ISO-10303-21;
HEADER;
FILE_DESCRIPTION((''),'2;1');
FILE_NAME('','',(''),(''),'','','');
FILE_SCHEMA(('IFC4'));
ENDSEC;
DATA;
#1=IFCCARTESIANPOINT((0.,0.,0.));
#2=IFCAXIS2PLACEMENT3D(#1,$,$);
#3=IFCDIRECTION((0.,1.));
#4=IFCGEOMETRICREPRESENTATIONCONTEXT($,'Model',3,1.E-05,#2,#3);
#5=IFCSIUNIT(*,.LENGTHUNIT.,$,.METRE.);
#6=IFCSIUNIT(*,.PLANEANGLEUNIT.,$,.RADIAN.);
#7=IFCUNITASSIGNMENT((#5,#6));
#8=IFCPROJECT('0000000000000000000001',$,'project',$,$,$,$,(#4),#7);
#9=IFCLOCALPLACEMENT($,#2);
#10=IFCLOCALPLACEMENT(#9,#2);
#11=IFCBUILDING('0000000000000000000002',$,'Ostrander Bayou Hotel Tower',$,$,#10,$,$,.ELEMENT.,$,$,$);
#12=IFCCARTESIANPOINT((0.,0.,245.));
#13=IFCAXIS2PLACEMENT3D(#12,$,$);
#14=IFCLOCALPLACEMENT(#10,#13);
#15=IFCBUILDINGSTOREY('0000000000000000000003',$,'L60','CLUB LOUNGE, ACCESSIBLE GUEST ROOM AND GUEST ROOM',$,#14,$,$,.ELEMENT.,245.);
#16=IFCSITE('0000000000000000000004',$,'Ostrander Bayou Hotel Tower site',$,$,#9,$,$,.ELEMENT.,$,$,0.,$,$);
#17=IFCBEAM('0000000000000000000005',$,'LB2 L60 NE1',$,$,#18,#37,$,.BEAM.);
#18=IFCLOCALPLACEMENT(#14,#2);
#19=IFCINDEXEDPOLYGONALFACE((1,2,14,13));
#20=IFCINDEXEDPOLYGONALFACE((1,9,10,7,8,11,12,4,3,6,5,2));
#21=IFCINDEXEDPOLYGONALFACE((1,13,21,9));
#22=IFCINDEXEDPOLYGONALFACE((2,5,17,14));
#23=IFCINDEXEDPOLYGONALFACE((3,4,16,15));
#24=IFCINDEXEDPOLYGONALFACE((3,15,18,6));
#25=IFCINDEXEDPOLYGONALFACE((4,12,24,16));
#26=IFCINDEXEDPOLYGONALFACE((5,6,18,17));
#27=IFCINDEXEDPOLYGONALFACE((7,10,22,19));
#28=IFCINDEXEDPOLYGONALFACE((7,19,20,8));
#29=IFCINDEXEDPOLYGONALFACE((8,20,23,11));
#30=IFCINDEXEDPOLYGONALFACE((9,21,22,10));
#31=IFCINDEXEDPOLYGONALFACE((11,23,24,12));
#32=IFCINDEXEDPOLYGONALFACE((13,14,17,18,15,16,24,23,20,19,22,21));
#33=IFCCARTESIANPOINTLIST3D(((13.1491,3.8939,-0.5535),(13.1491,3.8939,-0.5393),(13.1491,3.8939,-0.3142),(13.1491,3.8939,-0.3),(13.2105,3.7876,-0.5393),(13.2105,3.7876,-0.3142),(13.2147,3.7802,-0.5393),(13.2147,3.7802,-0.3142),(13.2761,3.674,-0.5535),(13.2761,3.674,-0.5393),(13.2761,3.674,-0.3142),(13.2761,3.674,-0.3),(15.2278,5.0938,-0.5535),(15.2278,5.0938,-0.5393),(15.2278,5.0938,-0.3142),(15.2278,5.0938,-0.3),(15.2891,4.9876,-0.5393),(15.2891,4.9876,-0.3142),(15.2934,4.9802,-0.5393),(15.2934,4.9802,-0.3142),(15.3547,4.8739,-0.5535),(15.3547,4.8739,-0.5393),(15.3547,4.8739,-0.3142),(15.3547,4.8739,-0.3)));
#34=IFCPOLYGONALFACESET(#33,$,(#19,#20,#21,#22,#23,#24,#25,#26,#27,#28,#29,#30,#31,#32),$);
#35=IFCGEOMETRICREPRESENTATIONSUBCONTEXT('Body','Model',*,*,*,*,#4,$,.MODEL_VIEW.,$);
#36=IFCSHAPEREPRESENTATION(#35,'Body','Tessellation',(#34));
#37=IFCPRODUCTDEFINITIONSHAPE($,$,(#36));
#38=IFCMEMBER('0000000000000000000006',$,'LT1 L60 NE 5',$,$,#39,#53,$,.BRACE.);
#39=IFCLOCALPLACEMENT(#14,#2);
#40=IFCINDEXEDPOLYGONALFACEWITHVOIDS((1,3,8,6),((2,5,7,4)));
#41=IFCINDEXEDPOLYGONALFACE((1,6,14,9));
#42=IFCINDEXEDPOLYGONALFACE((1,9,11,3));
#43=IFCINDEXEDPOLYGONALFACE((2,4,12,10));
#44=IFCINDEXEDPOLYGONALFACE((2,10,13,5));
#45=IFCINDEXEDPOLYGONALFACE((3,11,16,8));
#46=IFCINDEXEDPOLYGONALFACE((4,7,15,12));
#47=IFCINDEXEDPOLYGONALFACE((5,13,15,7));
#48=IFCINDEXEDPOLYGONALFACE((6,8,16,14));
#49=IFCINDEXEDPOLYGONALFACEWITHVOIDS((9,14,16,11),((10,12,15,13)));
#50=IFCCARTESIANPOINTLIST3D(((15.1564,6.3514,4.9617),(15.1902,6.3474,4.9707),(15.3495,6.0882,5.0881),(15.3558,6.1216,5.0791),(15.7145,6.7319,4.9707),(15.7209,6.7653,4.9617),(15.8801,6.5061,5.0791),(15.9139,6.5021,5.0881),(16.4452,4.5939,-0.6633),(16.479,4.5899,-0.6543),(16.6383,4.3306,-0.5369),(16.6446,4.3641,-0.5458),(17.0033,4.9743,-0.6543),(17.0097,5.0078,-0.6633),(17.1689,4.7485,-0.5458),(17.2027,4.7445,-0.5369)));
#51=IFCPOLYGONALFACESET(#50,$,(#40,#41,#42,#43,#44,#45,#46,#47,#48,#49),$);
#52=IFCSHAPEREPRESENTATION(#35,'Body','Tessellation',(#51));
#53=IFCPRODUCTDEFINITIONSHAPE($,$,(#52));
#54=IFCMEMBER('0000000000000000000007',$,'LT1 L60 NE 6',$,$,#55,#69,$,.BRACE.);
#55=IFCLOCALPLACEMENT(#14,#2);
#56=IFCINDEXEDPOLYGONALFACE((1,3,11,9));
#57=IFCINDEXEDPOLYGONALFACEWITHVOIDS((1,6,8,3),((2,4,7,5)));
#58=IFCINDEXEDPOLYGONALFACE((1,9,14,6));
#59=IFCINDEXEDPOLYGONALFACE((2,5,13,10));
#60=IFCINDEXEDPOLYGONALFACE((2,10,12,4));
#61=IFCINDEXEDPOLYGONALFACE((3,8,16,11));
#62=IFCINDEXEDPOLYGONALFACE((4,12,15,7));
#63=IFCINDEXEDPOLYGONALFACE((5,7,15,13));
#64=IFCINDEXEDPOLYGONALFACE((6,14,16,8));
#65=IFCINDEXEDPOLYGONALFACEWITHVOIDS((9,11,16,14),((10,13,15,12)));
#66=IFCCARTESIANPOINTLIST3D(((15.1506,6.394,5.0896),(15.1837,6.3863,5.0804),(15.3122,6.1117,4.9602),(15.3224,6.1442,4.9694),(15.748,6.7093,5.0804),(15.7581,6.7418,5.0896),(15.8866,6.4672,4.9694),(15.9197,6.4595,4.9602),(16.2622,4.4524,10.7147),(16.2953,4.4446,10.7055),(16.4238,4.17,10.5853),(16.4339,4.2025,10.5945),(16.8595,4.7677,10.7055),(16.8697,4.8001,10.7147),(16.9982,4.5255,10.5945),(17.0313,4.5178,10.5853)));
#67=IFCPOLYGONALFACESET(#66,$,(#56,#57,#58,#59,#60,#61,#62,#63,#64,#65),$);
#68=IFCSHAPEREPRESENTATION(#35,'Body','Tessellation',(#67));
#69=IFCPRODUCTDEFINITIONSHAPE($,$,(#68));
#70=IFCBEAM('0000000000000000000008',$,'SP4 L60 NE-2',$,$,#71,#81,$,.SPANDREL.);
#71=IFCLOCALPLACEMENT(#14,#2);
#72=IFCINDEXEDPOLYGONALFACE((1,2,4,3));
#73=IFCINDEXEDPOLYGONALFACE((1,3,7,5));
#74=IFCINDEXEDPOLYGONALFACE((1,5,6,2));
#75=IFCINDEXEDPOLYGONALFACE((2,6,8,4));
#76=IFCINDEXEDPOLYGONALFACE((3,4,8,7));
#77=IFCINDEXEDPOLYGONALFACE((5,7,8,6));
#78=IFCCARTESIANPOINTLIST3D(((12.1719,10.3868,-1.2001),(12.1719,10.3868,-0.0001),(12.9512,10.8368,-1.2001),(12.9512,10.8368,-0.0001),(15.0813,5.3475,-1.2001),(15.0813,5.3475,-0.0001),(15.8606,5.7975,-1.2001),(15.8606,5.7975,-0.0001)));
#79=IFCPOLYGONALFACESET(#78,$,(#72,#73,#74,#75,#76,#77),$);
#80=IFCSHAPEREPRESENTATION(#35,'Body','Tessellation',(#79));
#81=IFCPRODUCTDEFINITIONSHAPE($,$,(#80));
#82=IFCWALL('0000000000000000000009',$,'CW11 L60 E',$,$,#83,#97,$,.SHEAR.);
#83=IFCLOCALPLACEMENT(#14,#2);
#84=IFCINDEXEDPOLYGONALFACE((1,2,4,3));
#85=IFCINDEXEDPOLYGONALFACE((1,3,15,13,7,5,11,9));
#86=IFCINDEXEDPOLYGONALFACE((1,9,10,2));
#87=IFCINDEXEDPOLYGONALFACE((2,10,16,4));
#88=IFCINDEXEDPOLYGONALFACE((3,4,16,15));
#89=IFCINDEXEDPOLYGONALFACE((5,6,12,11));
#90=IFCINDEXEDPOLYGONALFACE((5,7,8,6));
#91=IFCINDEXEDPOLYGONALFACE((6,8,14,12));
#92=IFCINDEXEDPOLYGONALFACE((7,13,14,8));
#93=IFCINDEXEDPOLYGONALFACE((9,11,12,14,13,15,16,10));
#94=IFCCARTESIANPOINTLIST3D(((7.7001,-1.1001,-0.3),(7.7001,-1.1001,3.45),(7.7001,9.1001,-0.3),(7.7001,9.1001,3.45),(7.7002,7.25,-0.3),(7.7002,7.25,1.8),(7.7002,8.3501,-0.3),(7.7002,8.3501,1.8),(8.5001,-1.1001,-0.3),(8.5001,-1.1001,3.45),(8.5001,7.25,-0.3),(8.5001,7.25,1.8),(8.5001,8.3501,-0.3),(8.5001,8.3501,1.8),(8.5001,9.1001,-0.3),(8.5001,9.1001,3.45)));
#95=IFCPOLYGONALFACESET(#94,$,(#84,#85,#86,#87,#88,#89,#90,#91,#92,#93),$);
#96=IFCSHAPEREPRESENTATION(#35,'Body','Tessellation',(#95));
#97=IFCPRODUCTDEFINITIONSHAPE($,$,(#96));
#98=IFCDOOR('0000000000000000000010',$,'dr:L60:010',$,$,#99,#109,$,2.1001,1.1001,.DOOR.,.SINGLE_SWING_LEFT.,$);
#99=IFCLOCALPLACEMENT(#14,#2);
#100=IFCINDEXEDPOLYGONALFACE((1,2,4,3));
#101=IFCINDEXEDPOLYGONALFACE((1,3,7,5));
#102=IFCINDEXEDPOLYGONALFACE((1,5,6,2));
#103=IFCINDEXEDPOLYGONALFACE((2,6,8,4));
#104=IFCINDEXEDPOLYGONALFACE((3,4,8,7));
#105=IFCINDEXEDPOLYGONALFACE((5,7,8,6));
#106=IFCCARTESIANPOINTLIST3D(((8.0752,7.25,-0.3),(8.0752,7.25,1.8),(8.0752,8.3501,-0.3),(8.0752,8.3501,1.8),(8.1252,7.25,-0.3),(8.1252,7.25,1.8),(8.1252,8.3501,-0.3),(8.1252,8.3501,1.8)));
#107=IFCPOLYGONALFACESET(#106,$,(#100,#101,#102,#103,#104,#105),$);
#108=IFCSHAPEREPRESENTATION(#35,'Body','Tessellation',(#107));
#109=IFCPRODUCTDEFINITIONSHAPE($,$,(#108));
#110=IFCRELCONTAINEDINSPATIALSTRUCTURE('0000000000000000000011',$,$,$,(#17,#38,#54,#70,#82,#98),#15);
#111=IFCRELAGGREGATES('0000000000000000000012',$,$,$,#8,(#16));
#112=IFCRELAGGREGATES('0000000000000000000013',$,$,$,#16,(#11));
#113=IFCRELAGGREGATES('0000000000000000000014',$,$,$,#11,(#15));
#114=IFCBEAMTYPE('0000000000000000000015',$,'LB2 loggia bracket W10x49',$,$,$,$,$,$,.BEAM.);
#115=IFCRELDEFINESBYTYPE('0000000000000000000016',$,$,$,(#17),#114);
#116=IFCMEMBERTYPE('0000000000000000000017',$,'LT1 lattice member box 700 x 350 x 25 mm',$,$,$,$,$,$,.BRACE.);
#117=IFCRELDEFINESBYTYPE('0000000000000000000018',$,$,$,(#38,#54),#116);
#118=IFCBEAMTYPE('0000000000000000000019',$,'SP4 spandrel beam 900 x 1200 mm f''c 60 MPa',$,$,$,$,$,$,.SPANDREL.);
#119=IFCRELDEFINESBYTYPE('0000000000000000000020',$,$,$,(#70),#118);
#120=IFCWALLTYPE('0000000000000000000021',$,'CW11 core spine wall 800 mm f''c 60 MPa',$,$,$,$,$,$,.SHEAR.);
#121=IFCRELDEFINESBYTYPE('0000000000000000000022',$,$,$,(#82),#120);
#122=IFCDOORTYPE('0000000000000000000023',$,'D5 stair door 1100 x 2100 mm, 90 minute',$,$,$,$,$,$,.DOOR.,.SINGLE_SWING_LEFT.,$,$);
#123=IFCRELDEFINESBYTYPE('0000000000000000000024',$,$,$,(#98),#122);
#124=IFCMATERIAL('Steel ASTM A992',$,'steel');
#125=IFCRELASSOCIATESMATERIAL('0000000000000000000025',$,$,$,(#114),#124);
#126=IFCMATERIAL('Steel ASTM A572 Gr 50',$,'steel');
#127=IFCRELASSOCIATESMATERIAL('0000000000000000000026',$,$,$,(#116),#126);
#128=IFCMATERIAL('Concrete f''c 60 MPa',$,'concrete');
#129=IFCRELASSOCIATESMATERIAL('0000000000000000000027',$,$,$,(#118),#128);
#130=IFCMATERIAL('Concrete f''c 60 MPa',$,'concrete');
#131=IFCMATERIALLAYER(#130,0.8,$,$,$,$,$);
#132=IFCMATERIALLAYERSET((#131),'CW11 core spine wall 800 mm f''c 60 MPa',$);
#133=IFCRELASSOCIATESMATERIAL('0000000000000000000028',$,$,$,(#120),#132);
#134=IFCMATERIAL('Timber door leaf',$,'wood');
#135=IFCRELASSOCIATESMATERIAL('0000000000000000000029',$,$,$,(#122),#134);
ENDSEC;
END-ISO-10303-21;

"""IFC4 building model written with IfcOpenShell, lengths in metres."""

from ifc_helpers import new_model, si_unit, direction, frame, frame_2d, origin, origin_2d, place, context, subcontext, project, spatial, rectangle, hollow_rectangle, i_section, extrude, material, layer, layer_set, material_profile, profile_set, type_object, element, fill, save


model = new_model("IFC4")

# Units and contexts
model_context = context("Model", 3, precision=1e-05, world=origin(), true_north=direction((0.0, 1.0)))
body_context = subcontext(model_context, "Body", "Model", "MODEL_VIEW")
ifc_project = project(units=[si_unit("LENGTHUNIT", "METRE"), si_unit("PLANEANGLEUNIT", "RADIAN")], contexts=[model_context])

# Site, building, storey
site_placement = place(None, origin())
site = spatial("IfcSite", under=ifc_project, at=site_placement, Name="Ostrander Bayou Hotel Tower site", CompositionType="ELEMENT", RefElevation=0.0)
building_placement = place(site_placement, origin())
building = spatial("IfcBuilding", under=site, at=building_placement, Name="Ostrander Bayou Hotel Tower", CompositionType="ELEMENT")
storey_placement = place(building_placement, frame((0.0, 0.0, 245.0)))
storey = spatial("IfcBuildingStorey", under=building, at=storey_placement, Name="L60", Description="CLUB LOUNGE, ACCESSIBLE GUEST ROOM AND GUEST ROOM", CompositionType="ELEMENT", Elevation=245.0)

# Beam
ifc_material_1 = material(Name="Steel ASTM A992", Category="steel")
ifc_material_profile_1 = material_profile(ifc_material_1, i_section(OverallWidth=0.2539, OverallDepth=0.2534, WebThickness=0.0085, FlangeThickness=0.0142, at=origin_2d()))
ifc_profile_set_1 = profile_set([ifc_material_profile_1], Name="Steel ASTM A992")
beam_type_1 = type_object("IfcBeamType", Name="LB2 loggia bracket W10x49", PredefinedType="BEAM", material=ifc_profile_set_1)
beam_1_placement = place(storey_placement, frame((15.2913, 4.9839, -0.4268), z_axis=(-0.86605, -0.499957, 0.0), x_axis=(0.499957, -0.86605, 0.0)))
element("IfcBeam", 1, at=beam_1_placement, inside=storey, type_object=beam_type_1, Name="LB2 L60 NE1", PredefinedType="BEAM", context=body_context, shape_type="SweptSolid", body=[
    extrude(i_section(OverallWidth=0.2539, OverallDepth=0.2534, WebThickness=0.0085, FlangeThickness=0.0142, at=origin_2d()), origin(), (0.0, 0.0, 1.0), 2.4001),
])

# Members
ifc_material_2 = material(Name="Steel ASTM A572 Gr 50", Category="steel")
ifc_material_profile_2 = material_profile(ifc_material_2, hollow_rectangle(XDim=0.7, YDim=0.3501, WallThickness=0.0249, at=origin_2d()))
ifc_profile_set_2 = profile_set([ifc_material_profile_2], Name="Steel ASTM A572 Gr 50")
member_type = type_object("IfcMemberType", Name="LT1 lattice member box 700 x 350 x 25 mm", PredefinedType="BRACE", material=ifc_profile_set_2)
member_1_placement = place(storey_placement, frame((15.5352, 6.4268, 5.0249), z_axis=(0.213647, -0.291351, -0.932453), x_axis=(0.806419, 0.591344, 0.0)))
element("IfcMember", 2, at=member_1_placement, inside=storey, type_object=member_type, Name="LT1 L60 NE 5", PredefinedType="BRACE", context=body_context, shape_type="SweptSolid", body=[
    extrude(hollow_rectangle(XDim=0.7, YDim=0.3501, WallThickness=0.0249, at=origin_2d()), origin(), (0.0, 0.0, 1.0), 6.0325),
])
member_2_placement = place(storey_placement, frame((15.5352, 6.4268, 5.0249), z_axis=(0.183621, -0.320742, 0.929197), x_axis=(0.867847, 0.496832, 0.0)))
element("IfcMember", 3, at=member_2_placement, inside=storey, type_object=member_type, Name="LT1 L60 NE 6", PredefinedType="BRACE", context=body_context, shape_type="SweptSolid", body=[
    extrude(hollow_rectangle(XDim=0.7, YDim=0.3501, WallThickness=0.0249, at=origin_2d()), origin(), (0.0, 0.0, 1.0), 6.0537),
])

# Beam
ifc_material_3 = material(Name="Concrete f'c 60 MPa", Category="concrete")
ifc_material_profile_3 = material_profile(ifc_material_3, rectangle(XDim=0.8999, YDim=1.2, at=origin_2d()))
ifc_profile_set_3 = profile_set([ifc_material_profile_3], Name="Concrete f'c 60 MPa")
beam_type_2 = type_object("IfcBeamType", Name="SP4 spandrel beam 900 x 1200 mm f'c 60 MPa", PredefinedType="SPANDREL", material=ifc_profile_set_3)
beam_2_placement = place(storey_placement, frame((15.4709, 5.5725, -0.6001), z_axis=(-0.499997, 0.866027, 0.0), x_axis=(-0.866027, -0.499997, 0.0)))
element("IfcBeam", 4, at=beam_2_placement, inside=storey, type_object=beam_type_2, Name="SP4 L60 NE-2", PredefinedType="SPANDREL", context=body_context, shape_type="SweptSolid", body=[
    extrude(rectangle(XDim=0.8999, YDim=1.2, at=origin_2d()), origin(), (0.0, 0.0, 1.0), 5.8188),
])

# Wall, opening, door
ifc_material_4 = material(Name="Concrete f'c 60 MPa", Category="concrete")
ifc_layer_1 = layer(ifc_material_4, 0.8)
ifc_layer_set_1 = layer_set([ifc_layer_1], Name="CW11 core spine wall 800 mm f'c 60 MPa")
wall_type_1 = type_object("IfcWallType", Name="CW11 core spine wall 800 mm f'c 60 MPa", PredefinedType="SHEAR", material=ifc_layer_set_1)
wall_1_placement = place(storey_placement, frame((8.1001, -1.1001, -0.3), z_axis=(0.0, 0.0, 1.0), x_axis=(0.0, 1.0, 0.0)))
wall_1 = element("IfcWall", 5, at=wall_1_placement, inside=storey, type_object=wall_type_1, Name="CW11 L60 E", PredefinedType="SHEAR", context=body_context, shape_type="SweptSolid", body=[
    extrude(rectangle(XDim=10.2002, YDim=0.8, at=frame_2d((5.1001, 0.0))), origin(), (0.0, 0.0, 1.0), 3.75),
])
opening_1_placement = place(wall_1_placement, frame((8.3501, 0.0, 0.0)))
opening_1 = element("IfcOpeningElement", 6, at=opening_1_placement, cuts=wall_1, PredefinedType="OPENING", context=body_context, shape_type="SweptSolid", body=[
    extrude(rectangle(XDim=1.1001, YDim=2.1001, at=frame_2d((0.55, 1.05))), frame((0.0, 0.3999, 0.0), z_axis=(0.0, -1.0, 0.0), x_axis=(1.0, 0.0, 0.0)), (0.0, 0.0, 1.0), 0.8),
])
ifc_material_5 = material(Name="Timber door leaf", Category="wood")
door_type = type_object("IfcDoorType", Name="D5 stair door 1100 x 2100 mm, 90 minute", OperationType="SINGLE_SWING_LEFT", PredefinedType="DOOR", material=ifc_material_5)
door_placement = place(opening_1_placement, origin())
door = element("IfcDoor", 7, at=door_placement, inside=storey, type_object=door_type, Name="dr:L60:010", OperationType="SINGLE_SWING_LEFT", OverallHeight=2.1001, OverallWidth=1.1001, PredefinedType="DOOR", context=body_context, shape_type="SweptSolid", body=[
    extrude(rectangle(XDim=1.1001, YDim=2.1001, at=frame_2d((0.55, 1.05))), frame((0.0, 0.0249, 0.0), z_axis=(0.0, -1.0, 0.0), x_axis=(1.0, 0.0, 0.0)), (0.0, 0.0, 1.0), 0.05),
])
fill(opening_1, door)

save(model, "model.ifc")
